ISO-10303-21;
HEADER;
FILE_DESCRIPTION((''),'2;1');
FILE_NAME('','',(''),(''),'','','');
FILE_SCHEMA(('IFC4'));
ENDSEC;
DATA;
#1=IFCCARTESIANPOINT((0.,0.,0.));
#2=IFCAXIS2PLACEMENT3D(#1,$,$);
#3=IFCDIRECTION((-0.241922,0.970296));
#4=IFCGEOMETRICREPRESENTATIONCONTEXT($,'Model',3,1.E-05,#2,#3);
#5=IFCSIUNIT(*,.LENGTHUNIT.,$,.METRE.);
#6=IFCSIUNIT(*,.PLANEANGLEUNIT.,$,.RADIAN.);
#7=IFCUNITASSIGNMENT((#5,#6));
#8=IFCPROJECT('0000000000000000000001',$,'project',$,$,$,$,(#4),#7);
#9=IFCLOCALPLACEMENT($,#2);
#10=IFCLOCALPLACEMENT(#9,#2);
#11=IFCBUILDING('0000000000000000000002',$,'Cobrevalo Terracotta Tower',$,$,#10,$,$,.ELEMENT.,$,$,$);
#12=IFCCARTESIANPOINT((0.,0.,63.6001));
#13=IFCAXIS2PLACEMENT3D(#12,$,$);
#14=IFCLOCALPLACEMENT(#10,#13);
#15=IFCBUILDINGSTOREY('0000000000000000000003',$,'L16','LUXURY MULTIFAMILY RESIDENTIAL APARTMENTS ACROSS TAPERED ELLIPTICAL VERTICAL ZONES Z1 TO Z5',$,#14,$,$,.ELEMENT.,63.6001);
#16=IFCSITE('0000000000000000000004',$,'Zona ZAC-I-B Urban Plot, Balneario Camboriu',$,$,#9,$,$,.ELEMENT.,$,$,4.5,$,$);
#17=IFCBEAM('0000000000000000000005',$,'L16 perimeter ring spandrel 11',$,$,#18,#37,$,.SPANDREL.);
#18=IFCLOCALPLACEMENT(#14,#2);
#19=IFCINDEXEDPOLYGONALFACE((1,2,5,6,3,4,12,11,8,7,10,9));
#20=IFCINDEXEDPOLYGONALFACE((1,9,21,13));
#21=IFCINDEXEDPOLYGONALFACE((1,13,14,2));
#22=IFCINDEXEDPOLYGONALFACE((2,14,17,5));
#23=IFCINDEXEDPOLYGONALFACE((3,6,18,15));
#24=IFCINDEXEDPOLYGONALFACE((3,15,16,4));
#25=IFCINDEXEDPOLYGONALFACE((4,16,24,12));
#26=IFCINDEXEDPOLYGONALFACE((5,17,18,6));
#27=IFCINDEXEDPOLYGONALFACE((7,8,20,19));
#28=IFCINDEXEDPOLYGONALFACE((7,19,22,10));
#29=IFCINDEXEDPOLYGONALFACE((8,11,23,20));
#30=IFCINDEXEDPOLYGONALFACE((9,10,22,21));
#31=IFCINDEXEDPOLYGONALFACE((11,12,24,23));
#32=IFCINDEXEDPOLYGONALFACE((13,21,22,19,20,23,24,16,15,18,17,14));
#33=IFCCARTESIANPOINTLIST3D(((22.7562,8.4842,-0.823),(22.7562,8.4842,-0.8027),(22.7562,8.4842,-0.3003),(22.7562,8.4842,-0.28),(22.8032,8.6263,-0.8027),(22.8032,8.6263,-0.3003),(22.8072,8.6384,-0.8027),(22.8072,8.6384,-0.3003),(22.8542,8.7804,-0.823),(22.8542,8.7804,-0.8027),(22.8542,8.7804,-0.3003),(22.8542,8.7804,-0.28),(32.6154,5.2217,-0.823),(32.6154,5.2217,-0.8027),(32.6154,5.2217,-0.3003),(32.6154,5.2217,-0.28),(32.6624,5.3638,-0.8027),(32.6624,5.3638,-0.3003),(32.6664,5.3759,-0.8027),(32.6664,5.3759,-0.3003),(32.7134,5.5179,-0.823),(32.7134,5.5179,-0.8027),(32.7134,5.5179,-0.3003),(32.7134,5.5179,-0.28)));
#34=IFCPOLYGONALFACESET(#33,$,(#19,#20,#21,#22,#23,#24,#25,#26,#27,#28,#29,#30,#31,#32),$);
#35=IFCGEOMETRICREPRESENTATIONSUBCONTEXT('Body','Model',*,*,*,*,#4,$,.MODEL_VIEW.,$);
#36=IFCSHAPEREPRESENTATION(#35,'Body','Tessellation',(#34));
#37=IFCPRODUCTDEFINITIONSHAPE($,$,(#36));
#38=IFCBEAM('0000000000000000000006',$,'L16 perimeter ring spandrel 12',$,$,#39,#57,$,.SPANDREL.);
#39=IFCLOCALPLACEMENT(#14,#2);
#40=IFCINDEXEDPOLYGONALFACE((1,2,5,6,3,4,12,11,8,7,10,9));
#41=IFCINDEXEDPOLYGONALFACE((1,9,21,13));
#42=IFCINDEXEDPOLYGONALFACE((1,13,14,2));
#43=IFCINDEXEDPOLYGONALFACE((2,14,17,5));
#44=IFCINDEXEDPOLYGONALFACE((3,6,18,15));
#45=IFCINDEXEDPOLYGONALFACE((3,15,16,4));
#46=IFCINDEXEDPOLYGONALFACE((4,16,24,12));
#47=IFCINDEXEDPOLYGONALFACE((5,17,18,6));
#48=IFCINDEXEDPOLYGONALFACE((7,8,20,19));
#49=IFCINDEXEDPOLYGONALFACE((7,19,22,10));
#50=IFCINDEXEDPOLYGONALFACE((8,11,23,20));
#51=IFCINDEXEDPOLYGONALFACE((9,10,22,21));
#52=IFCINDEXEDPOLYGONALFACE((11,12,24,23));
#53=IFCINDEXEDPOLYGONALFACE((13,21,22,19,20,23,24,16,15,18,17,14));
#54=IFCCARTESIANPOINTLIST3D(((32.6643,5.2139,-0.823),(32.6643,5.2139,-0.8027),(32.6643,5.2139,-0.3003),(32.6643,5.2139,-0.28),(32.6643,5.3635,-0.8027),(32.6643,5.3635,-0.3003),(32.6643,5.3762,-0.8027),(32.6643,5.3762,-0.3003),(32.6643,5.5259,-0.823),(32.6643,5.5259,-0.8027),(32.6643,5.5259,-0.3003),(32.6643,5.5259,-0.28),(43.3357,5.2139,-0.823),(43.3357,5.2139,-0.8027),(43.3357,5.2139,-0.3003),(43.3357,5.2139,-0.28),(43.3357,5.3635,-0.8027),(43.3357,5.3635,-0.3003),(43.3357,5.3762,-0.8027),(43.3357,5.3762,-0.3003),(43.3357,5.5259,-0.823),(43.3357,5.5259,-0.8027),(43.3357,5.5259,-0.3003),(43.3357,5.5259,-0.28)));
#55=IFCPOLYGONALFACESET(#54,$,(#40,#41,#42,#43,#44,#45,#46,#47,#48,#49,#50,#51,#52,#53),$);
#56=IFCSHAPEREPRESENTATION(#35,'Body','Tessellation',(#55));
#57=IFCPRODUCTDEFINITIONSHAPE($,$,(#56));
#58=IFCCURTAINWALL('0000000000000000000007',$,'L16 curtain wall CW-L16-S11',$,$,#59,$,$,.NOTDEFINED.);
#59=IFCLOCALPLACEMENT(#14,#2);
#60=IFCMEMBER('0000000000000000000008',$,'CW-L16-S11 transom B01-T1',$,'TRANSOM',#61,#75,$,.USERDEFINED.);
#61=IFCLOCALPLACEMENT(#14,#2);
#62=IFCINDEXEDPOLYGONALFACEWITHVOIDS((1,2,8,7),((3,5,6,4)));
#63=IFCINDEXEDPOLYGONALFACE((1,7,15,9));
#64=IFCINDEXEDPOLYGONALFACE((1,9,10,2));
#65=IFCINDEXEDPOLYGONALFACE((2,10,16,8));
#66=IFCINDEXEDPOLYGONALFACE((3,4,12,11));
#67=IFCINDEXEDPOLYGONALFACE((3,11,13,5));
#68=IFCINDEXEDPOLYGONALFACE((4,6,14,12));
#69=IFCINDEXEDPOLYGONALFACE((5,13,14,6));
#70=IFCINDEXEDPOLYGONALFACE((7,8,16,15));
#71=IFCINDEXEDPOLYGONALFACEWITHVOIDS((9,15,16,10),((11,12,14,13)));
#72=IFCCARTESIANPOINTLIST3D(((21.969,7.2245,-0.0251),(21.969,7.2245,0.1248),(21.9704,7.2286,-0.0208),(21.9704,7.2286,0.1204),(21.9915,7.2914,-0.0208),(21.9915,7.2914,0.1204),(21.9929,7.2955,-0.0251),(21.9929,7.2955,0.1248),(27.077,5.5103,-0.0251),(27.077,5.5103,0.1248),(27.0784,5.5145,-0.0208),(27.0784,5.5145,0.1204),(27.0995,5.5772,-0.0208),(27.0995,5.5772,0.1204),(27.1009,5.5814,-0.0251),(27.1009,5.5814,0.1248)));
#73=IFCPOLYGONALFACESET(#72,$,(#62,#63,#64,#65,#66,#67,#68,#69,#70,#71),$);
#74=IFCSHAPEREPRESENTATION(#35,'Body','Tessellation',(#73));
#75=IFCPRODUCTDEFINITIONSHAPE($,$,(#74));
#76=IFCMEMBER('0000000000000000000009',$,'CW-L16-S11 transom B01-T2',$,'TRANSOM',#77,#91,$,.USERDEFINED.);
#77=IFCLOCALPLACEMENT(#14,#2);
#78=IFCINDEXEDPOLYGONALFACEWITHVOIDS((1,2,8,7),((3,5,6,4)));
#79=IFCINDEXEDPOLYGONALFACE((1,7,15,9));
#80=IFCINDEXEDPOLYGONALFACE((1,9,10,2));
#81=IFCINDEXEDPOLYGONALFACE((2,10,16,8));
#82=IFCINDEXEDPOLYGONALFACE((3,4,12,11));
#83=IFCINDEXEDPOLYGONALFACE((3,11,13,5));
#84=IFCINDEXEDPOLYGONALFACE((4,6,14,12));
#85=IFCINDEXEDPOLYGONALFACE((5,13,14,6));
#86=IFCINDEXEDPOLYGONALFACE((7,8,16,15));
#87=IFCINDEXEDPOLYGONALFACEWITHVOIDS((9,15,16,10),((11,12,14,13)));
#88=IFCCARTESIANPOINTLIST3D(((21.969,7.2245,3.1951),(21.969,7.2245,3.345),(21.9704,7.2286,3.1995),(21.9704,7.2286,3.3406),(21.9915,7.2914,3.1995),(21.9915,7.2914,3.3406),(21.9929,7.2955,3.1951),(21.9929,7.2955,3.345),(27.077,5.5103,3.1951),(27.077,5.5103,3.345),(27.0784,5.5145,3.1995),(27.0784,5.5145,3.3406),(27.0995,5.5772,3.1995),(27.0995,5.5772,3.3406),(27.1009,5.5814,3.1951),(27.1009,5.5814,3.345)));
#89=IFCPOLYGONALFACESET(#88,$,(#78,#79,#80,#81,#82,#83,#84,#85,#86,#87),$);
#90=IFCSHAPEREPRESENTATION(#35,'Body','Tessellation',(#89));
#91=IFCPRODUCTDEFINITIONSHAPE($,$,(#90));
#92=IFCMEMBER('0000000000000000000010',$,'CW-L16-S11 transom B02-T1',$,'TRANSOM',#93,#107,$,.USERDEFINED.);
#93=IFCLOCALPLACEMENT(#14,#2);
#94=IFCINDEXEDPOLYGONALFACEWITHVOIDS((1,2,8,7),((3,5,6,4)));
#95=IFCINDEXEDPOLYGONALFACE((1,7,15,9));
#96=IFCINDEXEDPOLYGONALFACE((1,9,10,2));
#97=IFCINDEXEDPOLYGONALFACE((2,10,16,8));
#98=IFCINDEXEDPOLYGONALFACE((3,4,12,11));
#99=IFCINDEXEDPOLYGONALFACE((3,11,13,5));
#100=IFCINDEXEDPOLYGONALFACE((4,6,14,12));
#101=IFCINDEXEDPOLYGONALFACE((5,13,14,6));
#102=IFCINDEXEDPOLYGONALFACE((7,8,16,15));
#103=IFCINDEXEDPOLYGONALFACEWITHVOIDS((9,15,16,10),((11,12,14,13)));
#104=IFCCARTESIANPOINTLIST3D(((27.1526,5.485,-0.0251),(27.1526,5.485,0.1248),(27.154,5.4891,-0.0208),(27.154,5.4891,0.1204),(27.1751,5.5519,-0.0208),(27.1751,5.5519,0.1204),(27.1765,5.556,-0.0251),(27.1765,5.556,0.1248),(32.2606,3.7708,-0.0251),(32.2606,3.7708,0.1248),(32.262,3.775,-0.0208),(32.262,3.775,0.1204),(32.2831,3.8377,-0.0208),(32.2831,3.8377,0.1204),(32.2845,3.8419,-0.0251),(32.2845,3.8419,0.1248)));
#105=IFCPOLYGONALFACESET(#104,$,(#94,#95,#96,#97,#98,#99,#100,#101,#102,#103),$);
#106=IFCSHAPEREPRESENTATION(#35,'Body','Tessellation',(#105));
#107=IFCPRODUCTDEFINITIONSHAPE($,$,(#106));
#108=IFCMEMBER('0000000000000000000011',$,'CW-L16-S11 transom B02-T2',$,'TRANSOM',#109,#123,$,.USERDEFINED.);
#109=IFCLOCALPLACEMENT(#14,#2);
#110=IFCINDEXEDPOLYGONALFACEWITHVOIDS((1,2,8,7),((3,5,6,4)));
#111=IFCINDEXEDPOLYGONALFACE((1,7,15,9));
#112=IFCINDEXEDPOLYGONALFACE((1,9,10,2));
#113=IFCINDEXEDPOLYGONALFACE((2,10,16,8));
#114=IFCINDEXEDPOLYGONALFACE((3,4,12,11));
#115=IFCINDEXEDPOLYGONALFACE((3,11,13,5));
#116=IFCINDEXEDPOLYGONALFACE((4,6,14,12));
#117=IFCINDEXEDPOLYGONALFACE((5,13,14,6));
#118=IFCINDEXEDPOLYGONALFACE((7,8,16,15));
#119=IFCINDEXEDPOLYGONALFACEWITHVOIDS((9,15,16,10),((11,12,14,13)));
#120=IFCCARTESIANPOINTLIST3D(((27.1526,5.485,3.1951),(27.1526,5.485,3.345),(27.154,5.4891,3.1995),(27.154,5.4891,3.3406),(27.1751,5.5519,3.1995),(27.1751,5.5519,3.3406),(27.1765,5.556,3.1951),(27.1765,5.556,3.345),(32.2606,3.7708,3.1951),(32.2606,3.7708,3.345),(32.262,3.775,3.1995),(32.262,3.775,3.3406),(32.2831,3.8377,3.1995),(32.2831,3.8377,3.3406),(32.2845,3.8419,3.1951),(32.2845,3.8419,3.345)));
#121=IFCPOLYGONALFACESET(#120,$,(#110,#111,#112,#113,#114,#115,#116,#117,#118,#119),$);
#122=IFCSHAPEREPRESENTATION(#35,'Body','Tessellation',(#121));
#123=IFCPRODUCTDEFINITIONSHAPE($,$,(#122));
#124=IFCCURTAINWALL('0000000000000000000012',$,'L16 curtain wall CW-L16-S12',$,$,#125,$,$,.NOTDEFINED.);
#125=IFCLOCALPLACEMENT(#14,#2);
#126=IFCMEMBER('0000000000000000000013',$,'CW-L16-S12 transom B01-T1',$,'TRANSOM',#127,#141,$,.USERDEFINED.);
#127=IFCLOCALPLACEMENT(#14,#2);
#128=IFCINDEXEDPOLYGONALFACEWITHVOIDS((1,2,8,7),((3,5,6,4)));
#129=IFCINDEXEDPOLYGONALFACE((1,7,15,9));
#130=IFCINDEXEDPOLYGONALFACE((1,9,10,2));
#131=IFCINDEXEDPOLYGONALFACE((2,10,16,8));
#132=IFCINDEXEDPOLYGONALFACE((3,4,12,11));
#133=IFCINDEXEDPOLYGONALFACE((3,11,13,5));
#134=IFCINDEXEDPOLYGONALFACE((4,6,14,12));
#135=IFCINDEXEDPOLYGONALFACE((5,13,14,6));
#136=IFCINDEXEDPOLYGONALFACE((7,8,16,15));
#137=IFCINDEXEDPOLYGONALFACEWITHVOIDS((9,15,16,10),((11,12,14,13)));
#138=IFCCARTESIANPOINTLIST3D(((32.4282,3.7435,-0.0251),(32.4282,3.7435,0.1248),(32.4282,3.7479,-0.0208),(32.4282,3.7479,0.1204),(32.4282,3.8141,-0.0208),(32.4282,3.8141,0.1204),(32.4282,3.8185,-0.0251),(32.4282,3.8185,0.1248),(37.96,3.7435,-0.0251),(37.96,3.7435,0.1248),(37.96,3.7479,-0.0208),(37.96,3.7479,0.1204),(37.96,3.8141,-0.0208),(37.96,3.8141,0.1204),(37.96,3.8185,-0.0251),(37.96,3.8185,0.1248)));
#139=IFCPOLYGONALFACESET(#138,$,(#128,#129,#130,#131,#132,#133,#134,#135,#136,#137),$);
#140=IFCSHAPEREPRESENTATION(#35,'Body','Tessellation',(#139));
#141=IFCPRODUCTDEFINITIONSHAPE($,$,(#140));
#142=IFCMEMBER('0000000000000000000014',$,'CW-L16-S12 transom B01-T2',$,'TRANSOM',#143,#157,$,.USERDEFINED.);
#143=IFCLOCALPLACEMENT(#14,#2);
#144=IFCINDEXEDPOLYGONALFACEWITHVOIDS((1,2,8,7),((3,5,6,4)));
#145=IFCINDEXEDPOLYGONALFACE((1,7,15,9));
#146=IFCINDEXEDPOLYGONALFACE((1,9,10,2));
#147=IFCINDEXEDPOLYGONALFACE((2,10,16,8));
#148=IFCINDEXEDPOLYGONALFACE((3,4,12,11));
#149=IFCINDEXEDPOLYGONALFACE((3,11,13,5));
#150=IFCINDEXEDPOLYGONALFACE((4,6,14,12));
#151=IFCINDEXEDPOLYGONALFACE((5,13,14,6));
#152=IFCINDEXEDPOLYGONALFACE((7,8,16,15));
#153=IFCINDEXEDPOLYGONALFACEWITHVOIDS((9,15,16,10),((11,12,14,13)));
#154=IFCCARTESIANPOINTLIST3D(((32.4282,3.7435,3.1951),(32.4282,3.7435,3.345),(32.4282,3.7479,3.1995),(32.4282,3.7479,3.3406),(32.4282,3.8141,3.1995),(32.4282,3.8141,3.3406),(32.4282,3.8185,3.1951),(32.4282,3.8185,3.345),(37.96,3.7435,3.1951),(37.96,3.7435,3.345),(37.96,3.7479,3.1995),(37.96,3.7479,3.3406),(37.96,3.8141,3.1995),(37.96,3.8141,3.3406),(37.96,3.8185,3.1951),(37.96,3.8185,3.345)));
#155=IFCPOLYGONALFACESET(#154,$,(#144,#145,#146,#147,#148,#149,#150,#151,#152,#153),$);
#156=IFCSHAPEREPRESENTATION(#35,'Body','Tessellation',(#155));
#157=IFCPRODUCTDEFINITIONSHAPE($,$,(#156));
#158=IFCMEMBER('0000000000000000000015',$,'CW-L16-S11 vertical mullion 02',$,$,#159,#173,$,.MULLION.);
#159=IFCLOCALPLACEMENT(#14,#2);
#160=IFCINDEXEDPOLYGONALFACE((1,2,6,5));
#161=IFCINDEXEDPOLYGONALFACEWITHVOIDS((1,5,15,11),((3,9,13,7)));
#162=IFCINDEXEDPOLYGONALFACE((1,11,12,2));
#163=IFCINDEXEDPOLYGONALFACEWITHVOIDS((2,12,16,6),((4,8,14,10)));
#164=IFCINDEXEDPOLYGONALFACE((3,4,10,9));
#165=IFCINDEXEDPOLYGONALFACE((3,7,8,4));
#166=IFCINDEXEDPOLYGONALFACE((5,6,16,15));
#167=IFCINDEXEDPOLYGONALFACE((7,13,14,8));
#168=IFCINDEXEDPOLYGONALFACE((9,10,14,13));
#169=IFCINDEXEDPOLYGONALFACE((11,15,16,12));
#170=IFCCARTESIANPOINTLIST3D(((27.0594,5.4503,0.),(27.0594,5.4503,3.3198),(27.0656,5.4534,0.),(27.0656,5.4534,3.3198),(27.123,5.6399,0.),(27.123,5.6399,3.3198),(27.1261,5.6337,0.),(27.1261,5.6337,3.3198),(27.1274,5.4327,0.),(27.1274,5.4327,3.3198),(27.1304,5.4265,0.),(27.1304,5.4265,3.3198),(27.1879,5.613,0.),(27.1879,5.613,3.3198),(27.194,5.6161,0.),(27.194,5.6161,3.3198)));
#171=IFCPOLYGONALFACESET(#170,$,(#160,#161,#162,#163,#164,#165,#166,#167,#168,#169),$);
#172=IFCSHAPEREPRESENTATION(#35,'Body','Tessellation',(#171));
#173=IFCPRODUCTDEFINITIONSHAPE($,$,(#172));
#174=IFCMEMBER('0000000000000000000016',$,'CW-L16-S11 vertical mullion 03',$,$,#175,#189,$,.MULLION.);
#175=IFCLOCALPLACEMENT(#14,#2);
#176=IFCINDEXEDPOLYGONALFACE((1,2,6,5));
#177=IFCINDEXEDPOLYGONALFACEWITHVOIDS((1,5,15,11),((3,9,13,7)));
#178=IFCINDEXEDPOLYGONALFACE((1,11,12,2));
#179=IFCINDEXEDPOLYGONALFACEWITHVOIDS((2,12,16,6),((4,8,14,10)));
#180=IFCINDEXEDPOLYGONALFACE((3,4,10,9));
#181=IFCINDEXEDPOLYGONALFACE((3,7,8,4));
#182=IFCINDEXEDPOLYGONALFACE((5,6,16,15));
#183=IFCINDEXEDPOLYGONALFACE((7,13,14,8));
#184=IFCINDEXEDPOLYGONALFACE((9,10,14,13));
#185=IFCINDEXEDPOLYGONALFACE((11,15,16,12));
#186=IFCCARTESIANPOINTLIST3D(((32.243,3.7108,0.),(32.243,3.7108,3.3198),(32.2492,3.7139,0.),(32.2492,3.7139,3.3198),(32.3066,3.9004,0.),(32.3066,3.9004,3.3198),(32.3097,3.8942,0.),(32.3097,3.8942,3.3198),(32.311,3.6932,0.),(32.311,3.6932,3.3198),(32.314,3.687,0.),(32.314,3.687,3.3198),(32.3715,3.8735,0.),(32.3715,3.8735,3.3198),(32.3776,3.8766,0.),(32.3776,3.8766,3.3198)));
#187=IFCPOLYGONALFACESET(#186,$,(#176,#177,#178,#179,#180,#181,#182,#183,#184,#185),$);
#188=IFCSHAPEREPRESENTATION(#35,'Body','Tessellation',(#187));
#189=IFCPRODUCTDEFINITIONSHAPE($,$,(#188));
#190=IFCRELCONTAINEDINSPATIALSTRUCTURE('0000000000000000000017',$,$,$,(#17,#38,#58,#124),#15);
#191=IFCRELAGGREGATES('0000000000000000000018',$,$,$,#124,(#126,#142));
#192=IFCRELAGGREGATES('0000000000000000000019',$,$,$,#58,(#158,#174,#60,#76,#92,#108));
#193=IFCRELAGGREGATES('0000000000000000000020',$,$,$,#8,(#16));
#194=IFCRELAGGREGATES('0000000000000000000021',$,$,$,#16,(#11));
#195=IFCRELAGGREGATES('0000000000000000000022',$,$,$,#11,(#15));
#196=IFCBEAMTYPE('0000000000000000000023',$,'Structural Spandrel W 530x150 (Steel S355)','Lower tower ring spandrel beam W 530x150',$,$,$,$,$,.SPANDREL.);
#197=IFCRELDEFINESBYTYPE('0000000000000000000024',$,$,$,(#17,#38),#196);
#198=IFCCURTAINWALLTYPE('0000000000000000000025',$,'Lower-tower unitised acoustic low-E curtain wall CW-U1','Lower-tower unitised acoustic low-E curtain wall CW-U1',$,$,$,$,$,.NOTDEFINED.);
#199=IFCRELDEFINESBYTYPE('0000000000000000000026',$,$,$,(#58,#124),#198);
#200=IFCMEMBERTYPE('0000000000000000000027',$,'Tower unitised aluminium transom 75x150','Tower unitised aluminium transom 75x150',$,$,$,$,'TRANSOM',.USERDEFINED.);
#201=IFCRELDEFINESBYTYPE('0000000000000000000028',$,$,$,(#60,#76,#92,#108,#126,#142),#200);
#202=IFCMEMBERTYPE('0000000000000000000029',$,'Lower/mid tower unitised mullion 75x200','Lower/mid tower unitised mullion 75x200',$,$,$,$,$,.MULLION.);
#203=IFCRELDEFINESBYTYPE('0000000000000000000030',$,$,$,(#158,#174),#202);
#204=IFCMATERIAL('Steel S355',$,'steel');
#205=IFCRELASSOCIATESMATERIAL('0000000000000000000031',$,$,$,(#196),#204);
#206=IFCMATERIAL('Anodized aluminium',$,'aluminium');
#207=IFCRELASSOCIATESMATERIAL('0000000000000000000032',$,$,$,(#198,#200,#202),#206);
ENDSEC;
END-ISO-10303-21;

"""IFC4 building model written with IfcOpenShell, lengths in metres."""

from ifc_helpers import new_model, si_unit, direction, frame, origin, origin_2d, place, context, subcontext, project, spatial, hollow_rectangle, i_section, extrude, source, transform, mapped, material, material_profile, profile_set, type_object, element, aggregate, save


model = new_model("IFC4")

# Units and contexts
model_context = context("Model", 3, precision=1e-05, world=origin(), true_north=direction((-0.241922, 0.970296)))
body_context = subcontext(model_context, "Body", "Model", "MODEL_VIEW")
ifc_project = project(units=[si_unit("LENGTHUNIT", "METRE"), si_unit("PLANEANGLEUNIT", "RADIAN")], contexts=[model_context])

# Site, building, storey
site_placement = place(None, origin())
site = spatial("IfcSite", under=ifc_project, at=site_placement, Name="Zona ZAC-I-B Urban Plot, Balneario Camboriu", CompositionType="ELEMENT", RefElevation=4.5)
building_placement = place(site_placement, origin())
building = spatial("IfcBuilding", under=site, at=building_placement, Name="Cobrevalo Terracotta Tower", CompositionType="ELEMENT")
storey_placement = place(building_placement, frame((0.0, 0.0, 63.6001)))
storey = spatial("IfcBuildingStorey", under=building, at=storey_placement, Name="L16", Description="LUXURY MULTIFAMILY RESIDENTIAL APARTMENTS ACROSS TAPERED ELLIPTICAL VERTICAL ZONES Z1 TO Z5", CompositionType="ELEMENT", Elevation=63.6001)

# Shared definitions
ifc_material_1 = material(Name="Steel S355", Category="steel")

# Beams
ifc_material_profile_1 = material_profile(ifc_material_1, i_section(OverallWidth=0.312, OverallDepth=0.543, WebThickness=0.0127, FlangeThickness=0.0203, at=origin_2d()), Name="W 530x150")
ifc_profile_set_1 = profile_set([ifc_material_profile_1], Name="Steel S355")
beam_type_1 = type_object("IfcBeamType", Name="Structural Spandrel W 530x150 (Steel S355)", Description="Lower tower ring spandrel beam W 530x150", PredefinedType="SPANDREL", material=ifc_profile_set_1)
beam_1_placement = place(storey_placement, frame((22.8052, 8.6323, -0.5515), z_axis=(0.949372, -0.314153, 0.0), x_axis=(0.314153, 0.949372, 0.0)))
element("IfcBeam", 1, at=beam_1_placement, inside=storey, type_object=beam_type_1, Name="L16 perimeter ring spandrel 11", PredefinedType="SPANDREL", context=body_context, shape_type="SweptSolid", body=[
    extrude(i_section(OverallWidth=0.312, OverallDepth=0.543, WebThickness=0.0127, FlangeThickness=0.0203, at=origin_2d()), origin(), (0.0, 0.0, 1.0), 10.385),
])
beam_2_placement = place(storey_placement, frame((32.6643, 5.3699, -0.5515), z_axis=(1.0, 0.0, 0.0), x_axis=(0.0, 1.0, 0.0)))
element("IfcBeam", 2, at=beam_2_placement, inside=storey, type_object=beam_type_1, Name="L16 perimeter ring spandrel 12", PredefinedType="SPANDREL", context=body_context, shape_type="SweptSolid", body=[
    extrude(i_section(OverallWidth=0.312, OverallDepth=0.543, WebThickness=0.0127, FlangeThickness=0.0203, at=origin_2d()), origin(), (0.0, 0.0, 1.0), 10.6714),
])

# Curtain walls, members
ifc_material_2 = material(Name="Anodized aluminium", Category="aluminium")
curtain_wall_type = type_object("IfcCurtainWallType", Name="Lower-tower unitised acoustic low-E curtain wall CW-U1", Description="Lower-tower unitised acoustic low-E curtain wall CW-U1", PredefinedType="NOTDEFINED", material=ifc_material_2)
curtain_wall_1_placement = place(storey_placement, origin())
curtain_wall_1 = element("IfcCurtainWall", 3, at=curtain_wall_1_placement, inside=storey, type_object=curtain_wall_type, Name="L16 curtain wall CW-L16-S11", PredefinedType="NOTDEFINED")
ifc_material_profile_2 = material_profile(ifc_material_2, hollow_rectangle(XDim=0.075, YDim=0.1499, WallThickness=0.0044, at=origin_2d()), Name="CWT 75x150")
ifc_profile_set_2 = profile_set([ifc_material_profile_2], Name="Anodized aluminium")
member_type_1 = type_object("IfcMemberType", Name="Tower unitised aluminium transom 75x150", Description="Tower unitised aluminium transom 75x150", ElementType="TRANSOM", PredefinedType="USERDEFINED", material=ifc_profile_set_2)
shared_shape_1 = source(origin(), body_context, "Body", "SweptSolid", [
    extrude(hollow_rectangle(XDim=0.075, YDim=0.1499, WallThickness=0.0044, at=origin_2d()), origin(), (0.0, 0.0, 1.0), 5.3879),
])
member_1_placement = place(storey_placement, frame((21.981, 7.26, 0.0498), z_axis=(0.948042, -0.318144, 0.0), x_axis=(0.318144, 0.948042, 0.0)))
member_1 = element("IfcMember", 4, at=member_1_placement, type_object=member_type_1, Name="CW-L16-S11 transom B01-T1", ObjectType="TRANSOM", PredefinedType="USERDEFINED", context=body_context, shape_type="MappedRepresentation", body=[
    mapped(shared_shape_1, transform((0.0, 0.0, 0.0), scale=1.0)),
])
member_2_placement = place(storey_placement, frame((21.981, 7.26, 3.27), z_axis=(0.948042, -0.318144, 0.0), x_axis=(0.318144, 0.948042, 0.0)))
member_2 = element("IfcMember", 5, at=member_2_placement, type_object=member_type_1, Name="CW-L16-S11 transom B01-T2", ObjectType="TRANSOM", PredefinedType="USERDEFINED", context=body_context, shape_type="MappedRepresentation", body=[
    mapped(shared_shape_1, transform((0.0, 0.0, 0.0), scale=1.0)),
])
member_3_placement = place(storey_placement, frame((27.1646, 5.5205, 0.0498), z_axis=(0.948042, -0.318144, 0.0), x_axis=(0.318144, 0.948042, 0.0)))
member_3 = element("IfcMember", 6, at=member_3_placement, type_object=member_type_1, Name="CW-L16-S11 transom B02-T1", ObjectType="TRANSOM", PredefinedType="USERDEFINED", context=body_context, shape_type="MappedRepresentation", body=[
    mapped(shared_shape_1, transform((0.0, 0.0, 0.0), scale=1.0)),
])
member_4_placement = place(storey_placement, frame((27.1646, 5.5205, 3.27), z_axis=(0.948042, -0.318144, 0.0), x_axis=(0.318144, 0.948042, 0.0)))
member_4 = element("IfcMember", 7, at=member_4_placement, type_object=member_type_1, Name="CW-L16-S11 transom B02-T2", ObjectType="TRANSOM", PredefinedType="USERDEFINED", context=body_context, shape_type="MappedRepresentation", body=[
    mapped(shared_shape_1, transform((0.0, 0.0, 0.0), scale=1.0)),
])
curtain_wall_2_placement = place(storey_placement, origin())
curtain_wall_2 = element("IfcCurtainWall", 8, at=curtain_wall_2_placement, inside=storey, type_object=curtain_wall_type, Name="L16 curtain wall CW-L16-S12", PredefinedType="NOTDEFINED")
shared_shape_2 = source(origin(), body_context, "Body", "SweptSolid", [
    extrude(hollow_rectangle(XDim=0.075, YDim=0.1499, WallThickness=0.0044, at=origin_2d()), origin(), (0.0, 0.0, 1.0), 5.5317),
])
member_5_placement = place(storey_placement, frame((32.4282, 3.781, 0.0498), z_axis=(1.0, 0.0, 0.0), x_axis=(0.0, 1.0, 0.0)))
member_5 = element("IfcMember", 9, at=member_5_placement, type_object=member_type_1, Name="CW-L16-S12 transom B01-T1", ObjectType="TRANSOM", PredefinedType="USERDEFINED", context=body_context, shape_type="MappedRepresentation", body=[
    mapped(shared_shape_2, transform((0.0, 0.0, 0.0), scale=1.0)),
])
member_6_placement = place(storey_placement, frame((32.4282, 3.781, 3.27), z_axis=(1.0, 0.0, 0.0), x_axis=(0.0, 1.0, 0.0)))
member_6 = element("IfcMember", 10, at=member_6_placement, type_object=member_type_1, Name="CW-L16-S12 transom B01-T2", ObjectType="TRANSOM", PredefinedType="USERDEFINED", context=body_context, shape_type="MappedRepresentation", body=[
    mapped(shared_shape_2, transform((0.0, 0.0, 0.0), scale=1.0)),
])

# Members
ifc_material_profile_3 = material_profile(ifc_material_2, hollow_rectangle(XDim=0.075, YDim=0.2, WallThickness=0.0049, at=origin_2d()), Name="CWM 75x200")
ifc_profile_set_3 = profile_set([ifc_material_profile_3], Name="Anodized aluminium")
member_type_2 = type_object("IfcMemberType", Name="Lower/mid tower unitised mullion 75x200", Description="Lower/mid tower unitised mullion 75x200", PredefinedType="MULLION", material=ifc_profile_set_3)
shared_shape_3 = source(origin(), body_context, "Body", "SweptSolid", [
    extrude(hollow_rectangle(XDim=0.075, YDim=0.2, WallThickness=0.0049, at=origin_2d()), origin(), (0.0, 0.0, 1.0), 3.3198),
])
member_7_placement = place(storey_placement, frame((27.1267, 5.5332, 0.0), z_axis=(0.0, 0.0, 1.0), x_axis=(0.948046, -0.318132, 0.0)))
member_7 = element("IfcMember", 11, at=member_7_placement, type_object=member_type_2, Name="CW-L16-S11 vertical mullion 02", PredefinedType="MULLION", context=body_context, shape_type="MappedRepresentation", body=[
    mapped(shared_shape_3, transform((0.0, 0.0, 0.0), scale=1.0)),
])
member_8_placement = place(storey_placement, frame((32.3103, 3.7937, 0.0), z_axis=(0.0, 0.0, 1.0), x_axis=(0.948046, -0.318132, 0.0)))
member_8 = element("IfcMember", 12, at=member_8_placement, type_object=member_type_2, Name="CW-L16-S11 vertical mullion 03", PredefinedType="MULLION", context=body_context, shape_type="MappedRepresentation", body=[
    mapped(shared_shape_3, transform((0.0, 0.0, 0.0), scale=1.0)),
])
aggregate(curtain_wall_2, [member_5, member_6])

aggregate(curtain_wall_1, [member_7, member_8, member_1, member_2, member_3, member_4])

save(model, "model.ifc")
